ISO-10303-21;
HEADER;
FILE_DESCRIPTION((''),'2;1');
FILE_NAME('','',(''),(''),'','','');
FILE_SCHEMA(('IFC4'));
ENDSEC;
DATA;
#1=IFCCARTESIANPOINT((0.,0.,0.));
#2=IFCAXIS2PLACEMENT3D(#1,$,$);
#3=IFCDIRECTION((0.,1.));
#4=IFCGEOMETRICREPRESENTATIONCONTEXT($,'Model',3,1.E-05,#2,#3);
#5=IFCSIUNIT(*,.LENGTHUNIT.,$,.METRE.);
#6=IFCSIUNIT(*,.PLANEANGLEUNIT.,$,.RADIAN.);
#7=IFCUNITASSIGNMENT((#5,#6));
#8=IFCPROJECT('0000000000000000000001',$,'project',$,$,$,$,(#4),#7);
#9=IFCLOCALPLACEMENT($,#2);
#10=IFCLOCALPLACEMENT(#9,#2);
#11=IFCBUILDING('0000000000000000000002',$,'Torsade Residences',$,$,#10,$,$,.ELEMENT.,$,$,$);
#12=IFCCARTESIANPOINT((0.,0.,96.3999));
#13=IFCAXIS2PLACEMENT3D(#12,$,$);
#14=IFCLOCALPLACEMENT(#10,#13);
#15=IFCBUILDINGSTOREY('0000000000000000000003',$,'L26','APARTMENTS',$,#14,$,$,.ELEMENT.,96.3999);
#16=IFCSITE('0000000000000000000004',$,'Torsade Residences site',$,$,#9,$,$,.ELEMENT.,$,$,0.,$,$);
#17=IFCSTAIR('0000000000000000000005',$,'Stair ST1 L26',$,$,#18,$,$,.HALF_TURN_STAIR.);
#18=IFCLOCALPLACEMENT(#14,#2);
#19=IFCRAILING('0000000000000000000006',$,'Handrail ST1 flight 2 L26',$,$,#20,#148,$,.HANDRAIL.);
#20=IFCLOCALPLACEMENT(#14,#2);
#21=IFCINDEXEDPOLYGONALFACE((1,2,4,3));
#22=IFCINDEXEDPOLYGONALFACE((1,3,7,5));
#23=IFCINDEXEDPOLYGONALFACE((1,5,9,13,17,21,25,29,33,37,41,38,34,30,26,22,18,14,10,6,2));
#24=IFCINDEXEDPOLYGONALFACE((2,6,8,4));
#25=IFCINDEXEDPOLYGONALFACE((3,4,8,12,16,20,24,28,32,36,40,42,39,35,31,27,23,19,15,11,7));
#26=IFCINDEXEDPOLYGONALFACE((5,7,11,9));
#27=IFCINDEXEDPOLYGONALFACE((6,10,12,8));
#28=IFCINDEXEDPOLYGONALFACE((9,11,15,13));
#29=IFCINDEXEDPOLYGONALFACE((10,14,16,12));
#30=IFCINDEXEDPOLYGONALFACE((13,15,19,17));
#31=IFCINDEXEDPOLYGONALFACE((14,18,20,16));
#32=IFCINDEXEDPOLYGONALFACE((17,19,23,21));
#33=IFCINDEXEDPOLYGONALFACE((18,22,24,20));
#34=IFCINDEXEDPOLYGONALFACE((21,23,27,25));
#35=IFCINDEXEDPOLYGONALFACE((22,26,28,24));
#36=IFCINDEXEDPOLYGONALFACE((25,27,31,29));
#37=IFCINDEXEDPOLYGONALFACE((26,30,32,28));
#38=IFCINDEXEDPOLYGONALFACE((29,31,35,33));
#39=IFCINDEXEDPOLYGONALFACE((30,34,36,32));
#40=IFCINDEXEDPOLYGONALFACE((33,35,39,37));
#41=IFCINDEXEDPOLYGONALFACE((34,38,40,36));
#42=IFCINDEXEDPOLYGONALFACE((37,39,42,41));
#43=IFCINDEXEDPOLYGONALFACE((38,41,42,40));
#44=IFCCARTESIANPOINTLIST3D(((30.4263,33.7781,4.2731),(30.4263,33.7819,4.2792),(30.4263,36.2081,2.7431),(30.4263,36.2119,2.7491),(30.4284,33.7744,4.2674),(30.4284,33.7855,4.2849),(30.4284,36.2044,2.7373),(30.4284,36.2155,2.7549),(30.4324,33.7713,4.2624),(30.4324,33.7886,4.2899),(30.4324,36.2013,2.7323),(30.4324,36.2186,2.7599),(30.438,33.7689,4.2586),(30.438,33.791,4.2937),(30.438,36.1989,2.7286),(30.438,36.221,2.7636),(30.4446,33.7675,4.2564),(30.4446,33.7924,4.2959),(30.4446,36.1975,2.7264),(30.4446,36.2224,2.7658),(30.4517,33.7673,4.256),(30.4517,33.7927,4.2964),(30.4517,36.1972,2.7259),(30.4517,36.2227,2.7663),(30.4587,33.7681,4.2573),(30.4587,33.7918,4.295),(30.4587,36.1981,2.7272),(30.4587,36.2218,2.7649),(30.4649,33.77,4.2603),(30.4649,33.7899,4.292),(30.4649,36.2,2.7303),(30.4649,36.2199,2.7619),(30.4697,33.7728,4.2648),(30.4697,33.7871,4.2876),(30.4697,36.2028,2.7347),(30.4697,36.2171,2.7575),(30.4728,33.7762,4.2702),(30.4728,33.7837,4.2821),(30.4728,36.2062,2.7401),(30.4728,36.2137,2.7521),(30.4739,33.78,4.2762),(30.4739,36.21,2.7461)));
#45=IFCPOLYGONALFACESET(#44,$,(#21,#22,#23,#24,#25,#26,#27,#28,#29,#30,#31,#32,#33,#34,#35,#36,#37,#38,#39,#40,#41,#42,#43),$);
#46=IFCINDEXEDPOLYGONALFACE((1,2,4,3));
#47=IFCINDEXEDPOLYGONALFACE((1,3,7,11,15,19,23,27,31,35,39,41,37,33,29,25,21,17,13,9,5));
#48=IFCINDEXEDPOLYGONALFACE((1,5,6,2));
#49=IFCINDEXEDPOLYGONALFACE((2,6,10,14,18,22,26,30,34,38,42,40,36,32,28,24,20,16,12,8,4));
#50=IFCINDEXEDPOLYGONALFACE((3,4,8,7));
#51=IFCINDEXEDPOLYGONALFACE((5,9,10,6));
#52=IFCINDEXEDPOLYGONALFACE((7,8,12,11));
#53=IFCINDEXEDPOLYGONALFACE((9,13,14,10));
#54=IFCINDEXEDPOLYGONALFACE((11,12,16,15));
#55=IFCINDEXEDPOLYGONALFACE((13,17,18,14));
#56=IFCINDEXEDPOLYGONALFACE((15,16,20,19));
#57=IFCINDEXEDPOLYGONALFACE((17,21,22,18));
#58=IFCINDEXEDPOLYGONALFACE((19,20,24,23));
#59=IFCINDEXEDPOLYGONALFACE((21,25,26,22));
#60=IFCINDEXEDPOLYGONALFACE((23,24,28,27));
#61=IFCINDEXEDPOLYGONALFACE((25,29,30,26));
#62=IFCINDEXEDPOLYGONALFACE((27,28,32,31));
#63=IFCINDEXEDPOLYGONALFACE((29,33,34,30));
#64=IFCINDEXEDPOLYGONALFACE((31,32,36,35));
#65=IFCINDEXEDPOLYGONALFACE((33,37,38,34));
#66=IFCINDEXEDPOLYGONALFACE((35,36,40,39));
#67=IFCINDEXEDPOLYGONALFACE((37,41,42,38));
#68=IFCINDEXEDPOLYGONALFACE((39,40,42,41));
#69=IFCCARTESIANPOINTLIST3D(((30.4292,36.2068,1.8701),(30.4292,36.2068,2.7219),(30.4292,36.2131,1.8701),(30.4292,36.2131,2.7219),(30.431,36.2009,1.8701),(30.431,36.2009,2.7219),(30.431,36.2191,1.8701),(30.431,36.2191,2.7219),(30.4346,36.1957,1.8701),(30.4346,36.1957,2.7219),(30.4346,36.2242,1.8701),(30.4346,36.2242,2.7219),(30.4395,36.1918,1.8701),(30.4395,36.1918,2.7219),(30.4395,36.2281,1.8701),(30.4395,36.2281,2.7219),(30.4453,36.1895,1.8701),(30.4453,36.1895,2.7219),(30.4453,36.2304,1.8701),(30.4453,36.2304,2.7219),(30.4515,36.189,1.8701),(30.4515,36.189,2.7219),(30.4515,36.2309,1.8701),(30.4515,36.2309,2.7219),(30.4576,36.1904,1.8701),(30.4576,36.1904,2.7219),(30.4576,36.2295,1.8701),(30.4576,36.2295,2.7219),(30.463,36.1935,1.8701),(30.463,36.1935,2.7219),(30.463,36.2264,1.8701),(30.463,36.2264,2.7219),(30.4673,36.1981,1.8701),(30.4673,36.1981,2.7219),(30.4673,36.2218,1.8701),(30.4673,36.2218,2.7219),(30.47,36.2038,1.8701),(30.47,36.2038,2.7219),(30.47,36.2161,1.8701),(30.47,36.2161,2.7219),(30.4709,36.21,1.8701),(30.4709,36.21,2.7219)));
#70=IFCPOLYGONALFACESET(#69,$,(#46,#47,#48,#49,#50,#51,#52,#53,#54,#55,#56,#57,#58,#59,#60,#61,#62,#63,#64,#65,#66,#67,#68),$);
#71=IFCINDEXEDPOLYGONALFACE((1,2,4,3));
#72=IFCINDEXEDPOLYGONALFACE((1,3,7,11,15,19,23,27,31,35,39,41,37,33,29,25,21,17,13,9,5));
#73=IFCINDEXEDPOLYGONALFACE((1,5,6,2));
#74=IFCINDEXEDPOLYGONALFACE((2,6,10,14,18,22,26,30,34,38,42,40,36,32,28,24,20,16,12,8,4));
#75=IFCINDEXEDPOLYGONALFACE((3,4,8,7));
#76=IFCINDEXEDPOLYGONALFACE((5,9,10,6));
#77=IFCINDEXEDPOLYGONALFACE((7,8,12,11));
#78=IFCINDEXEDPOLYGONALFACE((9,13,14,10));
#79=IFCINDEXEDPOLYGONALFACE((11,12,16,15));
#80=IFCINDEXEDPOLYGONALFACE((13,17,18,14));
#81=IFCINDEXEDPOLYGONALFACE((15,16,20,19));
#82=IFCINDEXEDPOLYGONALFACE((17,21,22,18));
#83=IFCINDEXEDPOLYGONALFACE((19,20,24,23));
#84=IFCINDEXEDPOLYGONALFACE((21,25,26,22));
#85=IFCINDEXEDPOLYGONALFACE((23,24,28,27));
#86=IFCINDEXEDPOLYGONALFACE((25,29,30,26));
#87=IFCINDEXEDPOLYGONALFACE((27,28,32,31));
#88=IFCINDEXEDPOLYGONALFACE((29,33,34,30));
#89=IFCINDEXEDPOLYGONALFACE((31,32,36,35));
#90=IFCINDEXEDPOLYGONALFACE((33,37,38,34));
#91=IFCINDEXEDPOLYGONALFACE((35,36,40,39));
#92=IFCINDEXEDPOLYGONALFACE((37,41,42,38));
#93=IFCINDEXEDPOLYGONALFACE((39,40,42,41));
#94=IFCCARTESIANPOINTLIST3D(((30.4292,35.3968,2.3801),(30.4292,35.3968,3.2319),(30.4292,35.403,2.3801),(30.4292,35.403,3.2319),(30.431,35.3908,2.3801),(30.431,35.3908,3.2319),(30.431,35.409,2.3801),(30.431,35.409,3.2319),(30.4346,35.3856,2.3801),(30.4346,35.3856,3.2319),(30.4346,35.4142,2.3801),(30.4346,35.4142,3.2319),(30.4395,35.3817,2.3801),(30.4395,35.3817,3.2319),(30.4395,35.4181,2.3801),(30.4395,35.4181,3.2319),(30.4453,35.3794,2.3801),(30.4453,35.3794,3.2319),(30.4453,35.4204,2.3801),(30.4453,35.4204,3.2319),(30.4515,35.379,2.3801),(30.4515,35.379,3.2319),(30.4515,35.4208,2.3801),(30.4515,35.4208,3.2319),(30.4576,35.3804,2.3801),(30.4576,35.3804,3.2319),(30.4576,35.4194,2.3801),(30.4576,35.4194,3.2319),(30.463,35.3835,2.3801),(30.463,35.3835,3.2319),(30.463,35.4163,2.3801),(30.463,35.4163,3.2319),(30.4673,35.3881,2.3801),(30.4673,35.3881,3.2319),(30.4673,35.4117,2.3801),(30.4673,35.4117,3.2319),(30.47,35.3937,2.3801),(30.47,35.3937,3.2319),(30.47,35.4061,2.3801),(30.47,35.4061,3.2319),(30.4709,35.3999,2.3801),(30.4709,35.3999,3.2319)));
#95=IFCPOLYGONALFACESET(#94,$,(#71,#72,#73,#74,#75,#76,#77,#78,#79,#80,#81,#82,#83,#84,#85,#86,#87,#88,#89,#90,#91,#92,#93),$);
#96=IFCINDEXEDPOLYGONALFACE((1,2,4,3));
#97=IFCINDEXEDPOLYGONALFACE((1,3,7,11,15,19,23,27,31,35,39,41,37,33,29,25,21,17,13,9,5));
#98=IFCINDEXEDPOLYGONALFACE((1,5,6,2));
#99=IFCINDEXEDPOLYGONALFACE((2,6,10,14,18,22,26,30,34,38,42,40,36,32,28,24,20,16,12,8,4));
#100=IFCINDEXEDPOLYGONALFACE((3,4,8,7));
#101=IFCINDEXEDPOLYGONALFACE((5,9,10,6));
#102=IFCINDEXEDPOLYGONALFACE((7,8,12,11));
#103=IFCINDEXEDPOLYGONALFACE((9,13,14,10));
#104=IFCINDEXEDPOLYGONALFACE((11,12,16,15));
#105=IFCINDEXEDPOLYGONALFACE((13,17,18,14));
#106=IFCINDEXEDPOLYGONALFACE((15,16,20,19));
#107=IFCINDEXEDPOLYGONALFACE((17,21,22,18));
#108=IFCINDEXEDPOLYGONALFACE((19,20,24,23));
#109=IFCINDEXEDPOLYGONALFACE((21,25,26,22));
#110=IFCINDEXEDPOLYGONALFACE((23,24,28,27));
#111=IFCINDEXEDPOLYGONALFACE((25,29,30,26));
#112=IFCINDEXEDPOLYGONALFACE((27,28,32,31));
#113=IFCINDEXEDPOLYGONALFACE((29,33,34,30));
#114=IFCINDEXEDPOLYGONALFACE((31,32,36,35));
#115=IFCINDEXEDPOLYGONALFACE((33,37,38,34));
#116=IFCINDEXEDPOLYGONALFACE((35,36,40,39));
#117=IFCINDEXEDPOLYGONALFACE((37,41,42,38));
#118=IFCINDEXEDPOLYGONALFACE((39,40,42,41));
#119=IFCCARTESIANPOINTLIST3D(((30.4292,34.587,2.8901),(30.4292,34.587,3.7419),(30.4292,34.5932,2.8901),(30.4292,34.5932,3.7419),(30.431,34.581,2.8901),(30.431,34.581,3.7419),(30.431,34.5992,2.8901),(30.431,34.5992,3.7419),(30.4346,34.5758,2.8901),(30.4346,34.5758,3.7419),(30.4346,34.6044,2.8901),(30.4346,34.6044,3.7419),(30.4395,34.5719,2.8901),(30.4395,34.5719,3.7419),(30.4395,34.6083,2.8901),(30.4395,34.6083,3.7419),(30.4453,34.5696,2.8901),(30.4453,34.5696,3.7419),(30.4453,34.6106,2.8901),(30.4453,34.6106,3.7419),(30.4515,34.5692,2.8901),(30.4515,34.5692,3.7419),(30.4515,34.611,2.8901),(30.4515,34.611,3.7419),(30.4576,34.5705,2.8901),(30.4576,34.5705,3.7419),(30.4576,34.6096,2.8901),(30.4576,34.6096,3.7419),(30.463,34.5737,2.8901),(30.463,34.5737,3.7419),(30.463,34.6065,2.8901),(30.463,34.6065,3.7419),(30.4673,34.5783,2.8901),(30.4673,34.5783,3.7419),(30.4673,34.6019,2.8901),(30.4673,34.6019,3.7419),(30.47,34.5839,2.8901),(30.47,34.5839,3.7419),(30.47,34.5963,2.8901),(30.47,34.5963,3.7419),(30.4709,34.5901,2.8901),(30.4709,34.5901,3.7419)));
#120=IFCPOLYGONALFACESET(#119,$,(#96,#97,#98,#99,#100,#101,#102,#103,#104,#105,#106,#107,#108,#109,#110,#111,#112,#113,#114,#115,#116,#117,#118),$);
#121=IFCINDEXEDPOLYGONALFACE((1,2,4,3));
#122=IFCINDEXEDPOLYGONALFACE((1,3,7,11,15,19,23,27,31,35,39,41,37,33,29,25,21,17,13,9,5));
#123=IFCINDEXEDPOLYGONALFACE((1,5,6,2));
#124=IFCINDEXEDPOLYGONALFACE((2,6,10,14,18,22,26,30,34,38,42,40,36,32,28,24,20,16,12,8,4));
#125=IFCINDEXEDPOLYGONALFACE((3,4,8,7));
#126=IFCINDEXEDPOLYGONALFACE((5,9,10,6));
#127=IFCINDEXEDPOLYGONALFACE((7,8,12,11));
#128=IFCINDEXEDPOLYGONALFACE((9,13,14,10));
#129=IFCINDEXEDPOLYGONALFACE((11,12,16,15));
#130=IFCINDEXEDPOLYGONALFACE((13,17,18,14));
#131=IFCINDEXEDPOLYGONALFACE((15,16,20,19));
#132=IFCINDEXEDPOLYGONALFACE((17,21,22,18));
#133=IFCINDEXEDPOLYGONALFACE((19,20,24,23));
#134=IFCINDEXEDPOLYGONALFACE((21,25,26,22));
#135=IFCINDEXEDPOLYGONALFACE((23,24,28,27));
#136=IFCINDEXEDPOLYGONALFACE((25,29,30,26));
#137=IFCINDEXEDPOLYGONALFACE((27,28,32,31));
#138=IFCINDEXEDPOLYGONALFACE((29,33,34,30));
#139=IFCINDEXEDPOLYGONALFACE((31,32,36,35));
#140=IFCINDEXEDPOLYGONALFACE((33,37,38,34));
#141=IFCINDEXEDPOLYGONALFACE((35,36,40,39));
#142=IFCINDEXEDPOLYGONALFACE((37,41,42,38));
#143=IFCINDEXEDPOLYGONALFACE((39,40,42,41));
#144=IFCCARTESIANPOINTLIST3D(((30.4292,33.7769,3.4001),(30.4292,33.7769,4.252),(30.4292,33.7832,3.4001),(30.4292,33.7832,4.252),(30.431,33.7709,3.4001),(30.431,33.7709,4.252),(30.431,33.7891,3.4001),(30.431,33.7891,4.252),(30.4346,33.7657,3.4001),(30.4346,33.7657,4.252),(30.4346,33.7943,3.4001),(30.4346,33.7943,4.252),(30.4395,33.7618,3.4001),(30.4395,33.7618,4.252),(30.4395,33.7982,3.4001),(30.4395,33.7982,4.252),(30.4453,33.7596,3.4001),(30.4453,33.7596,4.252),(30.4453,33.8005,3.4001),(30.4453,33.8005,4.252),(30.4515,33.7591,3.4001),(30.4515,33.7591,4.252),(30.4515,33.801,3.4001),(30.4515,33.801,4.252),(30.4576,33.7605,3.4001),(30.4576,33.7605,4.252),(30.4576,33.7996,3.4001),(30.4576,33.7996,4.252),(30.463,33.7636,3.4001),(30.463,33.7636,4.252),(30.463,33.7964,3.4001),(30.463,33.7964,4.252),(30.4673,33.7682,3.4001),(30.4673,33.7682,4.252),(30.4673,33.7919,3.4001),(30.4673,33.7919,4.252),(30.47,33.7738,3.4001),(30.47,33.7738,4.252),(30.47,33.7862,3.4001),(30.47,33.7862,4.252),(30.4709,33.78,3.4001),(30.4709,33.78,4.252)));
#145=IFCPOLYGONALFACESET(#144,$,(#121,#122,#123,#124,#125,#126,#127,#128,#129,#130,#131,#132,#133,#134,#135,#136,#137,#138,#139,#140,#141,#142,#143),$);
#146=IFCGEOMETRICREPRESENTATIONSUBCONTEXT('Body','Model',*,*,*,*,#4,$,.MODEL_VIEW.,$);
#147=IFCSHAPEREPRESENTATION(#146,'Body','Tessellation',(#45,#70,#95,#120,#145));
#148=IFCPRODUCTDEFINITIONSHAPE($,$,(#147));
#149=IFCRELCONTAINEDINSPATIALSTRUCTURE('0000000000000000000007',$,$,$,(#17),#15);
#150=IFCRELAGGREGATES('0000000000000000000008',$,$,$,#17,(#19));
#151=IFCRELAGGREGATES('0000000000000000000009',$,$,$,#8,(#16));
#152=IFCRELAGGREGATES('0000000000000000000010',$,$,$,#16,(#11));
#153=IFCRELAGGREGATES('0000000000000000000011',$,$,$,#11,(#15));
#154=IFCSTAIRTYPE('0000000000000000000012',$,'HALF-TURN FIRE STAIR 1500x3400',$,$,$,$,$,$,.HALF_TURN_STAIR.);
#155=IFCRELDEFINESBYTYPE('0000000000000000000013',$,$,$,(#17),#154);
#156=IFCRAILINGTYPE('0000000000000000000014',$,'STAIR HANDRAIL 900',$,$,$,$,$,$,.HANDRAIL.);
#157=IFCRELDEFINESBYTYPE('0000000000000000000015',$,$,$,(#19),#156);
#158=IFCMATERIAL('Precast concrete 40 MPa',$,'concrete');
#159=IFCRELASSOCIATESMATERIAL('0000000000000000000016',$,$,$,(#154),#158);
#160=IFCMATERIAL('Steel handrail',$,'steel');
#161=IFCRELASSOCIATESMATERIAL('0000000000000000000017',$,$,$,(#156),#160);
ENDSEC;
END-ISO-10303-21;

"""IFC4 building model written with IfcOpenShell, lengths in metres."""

from ifc_helpers import new_model, si_unit, direction, frame, origin, origin_2d, place, context, subcontext, project, spatial, circle, extrude, material, type_object, element, aggregate, save


model = new_model("IFC4")

# Units and contexts
model_context = context("Model", 3, precision=1e-05, world=origin(), true_north=direction((0.0, 1.0)))
body_context = subcontext(model_context, "Body", "Model", "MODEL_VIEW")
ifc_project = project(units=[si_unit("LENGTHUNIT", "METRE"), si_unit("PLANEANGLEUNIT", "RADIAN")], contexts=[model_context])

# Site, building, storey
site_placement = place(None, origin())
site = spatial("IfcSite", under=ifc_project, at=site_placement, Name="Torsade Residences site", CompositionType="ELEMENT", RefElevation=0.0)
building_placement = place(site_placement, origin())
building = spatial("IfcBuilding", under=site, at=building_placement, Name="Torsade Residences", CompositionType="ELEMENT")
storey_placement = place(building_placement, frame((0.0, 0.0, 96.3999)))
storey = spatial("IfcBuildingStorey", under=building, at=storey_placement, Name="L26", Description="APARTMENTS", CompositionType="ELEMENT", Elevation=96.3999)

# Stair, railing
ifc_material_1 = material(Name="Precast concrete 40 MPa", Category="concrete")
stair_type = type_object("IfcStairType", Name="HALF-TURN FIRE STAIR 1500x3400", PredefinedType="HALF_TURN_STAIR", material=ifc_material_1)
stair_placement = place(storey_placement, origin())
stair = element("IfcStair", 1, at=stair_placement, inside=storey, type_object=stair_type, Name="Stair ST1 L26", PredefinedType="HALF_TURN_STAIR")
ifc_material_2 = material(Name="Steel handrail", Category="steel")
railing_type = type_object("IfcRailingType", Name="STAIR HANDRAIL 900", PredefinedType="HANDRAIL", material=ifc_material_2)
railing_1_placement = place(storey_placement, frame((30.45, 36.21, 1.8701)))
railing_1 = element("IfcRailing", 2, at=railing_1_placement, type_object=railing_type, Name="Handrail ST1 flight 2 L26", PredefinedType="HANDRAIL", context=body_context, shape_type="SweptSolid", body=[
    extrude(circle(Radius=0.0239, at=origin_2d()), frame((0.0, 0.0, 0.876), z_axis=(0.0, -0.846221, 0.532831), x_axis=(1.0, 0.0, 0.0)), (0.0, 0.0, 1.0), 2.8716),
    extrude(circle(Radius=0.021, at=origin_2d()), origin(), (0.0, 0.0, 1.0), 0.8518),
    extrude(circle(Radius=0.021, at=origin_2d()), frame((0.0, -0.8101, 0.51)), (0.0, 0.0, 1.0), 0.8518),
    extrude(circle(Radius=0.021, at=origin_2d()), frame((0.0, -1.6199, 1.02)), (0.0, 0.0, 1.0), 0.8518),
    extrude(circle(Radius=0.021, at=origin_2d()), frame((0.0, -2.4299, 1.53)), (0.0, 0.0, 1.0), 0.8518),
])
aggregate(stair, [railing_1])

save(model, "model.ifc")
